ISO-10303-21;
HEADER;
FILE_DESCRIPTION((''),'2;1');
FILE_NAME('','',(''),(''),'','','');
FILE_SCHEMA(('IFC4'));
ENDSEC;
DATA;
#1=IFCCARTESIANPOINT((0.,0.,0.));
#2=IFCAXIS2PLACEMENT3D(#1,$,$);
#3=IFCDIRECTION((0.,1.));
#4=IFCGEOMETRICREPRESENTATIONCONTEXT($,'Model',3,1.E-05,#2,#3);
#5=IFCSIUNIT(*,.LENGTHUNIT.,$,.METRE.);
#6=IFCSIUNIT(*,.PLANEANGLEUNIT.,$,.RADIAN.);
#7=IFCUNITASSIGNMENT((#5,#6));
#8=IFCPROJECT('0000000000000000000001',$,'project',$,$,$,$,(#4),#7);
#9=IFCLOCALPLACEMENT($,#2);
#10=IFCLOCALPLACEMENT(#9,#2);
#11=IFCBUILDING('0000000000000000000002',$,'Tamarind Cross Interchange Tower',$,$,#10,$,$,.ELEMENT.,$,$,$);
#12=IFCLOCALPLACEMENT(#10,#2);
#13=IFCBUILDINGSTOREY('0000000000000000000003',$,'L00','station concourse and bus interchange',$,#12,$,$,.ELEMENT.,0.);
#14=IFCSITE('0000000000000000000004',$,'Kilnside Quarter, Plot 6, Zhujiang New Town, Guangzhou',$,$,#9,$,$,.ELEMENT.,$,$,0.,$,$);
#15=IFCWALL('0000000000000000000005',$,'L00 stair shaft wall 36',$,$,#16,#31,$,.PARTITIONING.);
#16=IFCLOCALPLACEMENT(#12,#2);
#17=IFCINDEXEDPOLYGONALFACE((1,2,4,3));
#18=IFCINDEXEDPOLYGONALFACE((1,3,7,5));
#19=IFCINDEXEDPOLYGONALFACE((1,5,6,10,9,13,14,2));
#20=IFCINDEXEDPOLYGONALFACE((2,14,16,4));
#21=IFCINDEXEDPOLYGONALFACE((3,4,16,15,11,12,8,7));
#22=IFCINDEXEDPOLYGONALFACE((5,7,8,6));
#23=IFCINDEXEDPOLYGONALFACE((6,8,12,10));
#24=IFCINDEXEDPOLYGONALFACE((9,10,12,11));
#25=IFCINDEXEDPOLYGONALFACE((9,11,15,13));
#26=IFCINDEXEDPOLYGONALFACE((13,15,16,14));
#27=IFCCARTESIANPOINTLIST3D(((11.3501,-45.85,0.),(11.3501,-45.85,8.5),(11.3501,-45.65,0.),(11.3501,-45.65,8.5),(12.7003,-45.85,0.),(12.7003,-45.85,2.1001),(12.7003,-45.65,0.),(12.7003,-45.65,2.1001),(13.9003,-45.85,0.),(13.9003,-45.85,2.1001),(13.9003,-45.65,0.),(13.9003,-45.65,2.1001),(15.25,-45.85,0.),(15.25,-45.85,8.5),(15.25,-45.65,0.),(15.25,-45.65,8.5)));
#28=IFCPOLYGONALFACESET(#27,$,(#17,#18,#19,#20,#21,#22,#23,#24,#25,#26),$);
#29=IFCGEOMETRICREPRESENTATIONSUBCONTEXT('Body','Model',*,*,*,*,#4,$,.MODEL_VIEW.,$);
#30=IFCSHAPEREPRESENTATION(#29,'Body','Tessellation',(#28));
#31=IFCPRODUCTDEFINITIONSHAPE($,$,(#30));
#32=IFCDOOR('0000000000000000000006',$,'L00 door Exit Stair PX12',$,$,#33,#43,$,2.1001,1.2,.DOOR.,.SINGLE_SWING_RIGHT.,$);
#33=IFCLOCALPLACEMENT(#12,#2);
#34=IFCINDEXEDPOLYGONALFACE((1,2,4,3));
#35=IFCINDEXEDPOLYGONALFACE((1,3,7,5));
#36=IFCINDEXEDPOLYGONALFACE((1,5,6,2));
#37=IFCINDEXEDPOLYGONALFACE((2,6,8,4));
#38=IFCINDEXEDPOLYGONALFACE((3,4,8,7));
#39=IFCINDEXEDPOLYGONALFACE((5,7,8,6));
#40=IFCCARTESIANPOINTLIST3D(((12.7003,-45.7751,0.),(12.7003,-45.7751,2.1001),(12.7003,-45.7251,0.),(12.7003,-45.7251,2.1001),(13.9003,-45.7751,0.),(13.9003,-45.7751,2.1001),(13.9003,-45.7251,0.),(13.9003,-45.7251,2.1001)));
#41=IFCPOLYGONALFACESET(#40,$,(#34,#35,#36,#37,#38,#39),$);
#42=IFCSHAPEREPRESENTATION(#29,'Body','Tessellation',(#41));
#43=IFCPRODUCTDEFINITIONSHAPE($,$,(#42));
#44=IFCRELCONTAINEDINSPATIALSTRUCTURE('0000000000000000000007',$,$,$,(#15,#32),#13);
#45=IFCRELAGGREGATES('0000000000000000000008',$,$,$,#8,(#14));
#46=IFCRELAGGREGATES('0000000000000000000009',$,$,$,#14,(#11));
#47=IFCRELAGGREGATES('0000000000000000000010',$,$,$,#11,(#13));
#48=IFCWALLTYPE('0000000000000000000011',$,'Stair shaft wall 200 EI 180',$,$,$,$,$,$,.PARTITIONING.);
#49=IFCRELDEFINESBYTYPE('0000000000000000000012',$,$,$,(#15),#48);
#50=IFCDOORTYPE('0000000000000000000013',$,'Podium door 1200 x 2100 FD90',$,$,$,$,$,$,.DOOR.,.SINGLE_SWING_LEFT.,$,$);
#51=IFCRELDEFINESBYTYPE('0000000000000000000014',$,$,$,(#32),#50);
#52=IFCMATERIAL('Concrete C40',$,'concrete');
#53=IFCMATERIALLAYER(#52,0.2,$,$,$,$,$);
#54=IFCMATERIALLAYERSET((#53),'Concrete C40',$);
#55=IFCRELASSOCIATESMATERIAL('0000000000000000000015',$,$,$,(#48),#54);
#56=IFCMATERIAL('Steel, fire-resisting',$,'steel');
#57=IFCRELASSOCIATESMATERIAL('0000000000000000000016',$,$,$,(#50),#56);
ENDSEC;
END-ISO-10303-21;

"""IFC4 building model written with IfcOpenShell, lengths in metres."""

from ifc_helpers import new_model, si_unit, direction, frame, frame_2d, origin, place, context, subcontext, project, spatial, rectangle, extrude, material, layer, layer_set, type_object, element, fill, save


model = new_model("IFC4")

# Units and contexts
model_context = context("Model", 3, precision=1e-05, world=origin(), true_north=direction((0.0, 1.0)))
body_context = subcontext(model_context, "Body", "Model", "MODEL_VIEW")
ifc_project = project(units=[si_unit("LENGTHUNIT", "METRE"), si_unit("PLANEANGLEUNIT", "RADIAN")], contexts=[model_context])

# Site, building, storey
site_placement = place(None, origin())
site = spatial("IfcSite", under=ifc_project, at=site_placement, Name="Kilnside Quarter, Plot 6, Zhujiang New Town, Guangzhou", CompositionType="ELEMENT", RefElevation=0.0)
building_placement = place(site_placement, origin())
building = spatial("IfcBuilding", under=site, at=building_placement, Name="Tamarind Cross Interchange Tower", CompositionType="ELEMENT")
storey_placement = place(building_placement, origin())
storey = spatial("IfcBuildingStorey", under=building, at=storey_placement, Name="L00", Description="station concourse and bus interchange", CompositionType="ELEMENT", Elevation=0.0)

# Shared definitions
ifc_material_1 = material(Name="Concrete C40", Category="concrete")
ifc_layer_1 = layer(ifc_material_1, 0.2)
ifc_layer_set_1 = layer_set([ifc_layer_1], Name="Concrete C40")
wall_type_1 = type_object("IfcWallType", Name="Stair shaft wall 200 EI 180", PredefinedType="PARTITIONING", material=ifc_layer_set_1)

# Wall, opening, door
wall_1_placement = place(storey_placement, frame((11.3501, -45.75, 0.0), z_axis=(0.0, 0.0, 1.0), x_axis=(1.0, 0.0, 0.0)))
wall_1 = element("IfcWall", 1, at=wall_1_placement, inside=storey, type_object=wall_type_1, Name="L00 stair shaft wall 36", PredefinedType="PARTITIONING", context=body_context, shape_type="SweptSolid", body=[
    extrude(rectangle(XDim=3.8999, YDim=0.2, at=frame_2d((1.95, 0.0))), origin(), (0.0, 0.0, 1.0), 8.5),
])
opening_1_placement = place(wall_1_placement, frame((1.3501, 0.0, 0.0)))
opening_1 = element("IfcOpeningElement", 2, at=opening_1_placement, cuts=wall_1, PredefinedType="OPENING", context=body_context, shape_type="SweptSolid", body=[
    extrude(rectangle(XDim=1.2, YDim=2.1001, at=frame_2d((0.6001, 1.05))), frame((0.0, 0.1099, 0.0), z_axis=(0.0, -1.0, 0.0), x_axis=(1.0, 0.0, 0.0)), (0.0, 0.0, 1.0), 0.22),
])
ifc_material_2 = material(Name="Steel, fire-resisting", Category="steel")
door_type_1 = type_object("IfcDoorType", Name="Podium door 1200 x 2100 FD90", OperationType="SINGLE_SWING_LEFT", PredefinedType="DOOR", material=ifc_material_2)
door_1_placement = place(opening_1_placement, origin())
door_1 = element("IfcDoor", 3, at=door_1_placement, inside=storey, type_object=door_type_1, Name="L00 door Exit Stair PX12", OperationType="SINGLE_SWING_RIGHT", OverallHeight=2.1001, OverallWidth=1.2, PredefinedType="DOOR", context=body_context, shape_type="SweptSolid", body=[
    extrude(rectangle(XDim=1.2, YDim=2.1001, at=frame_2d((0.6001, 1.05))), frame((0.0, 0.0249, 0.0), z_axis=(0.0, -1.0, 0.0), x_axis=(1.0, 0.0, 0.0)), (0.0, 0.0, 1.0), 0.05),
])
fill(opening_1, door_1)

save(model, "model.ifc")
